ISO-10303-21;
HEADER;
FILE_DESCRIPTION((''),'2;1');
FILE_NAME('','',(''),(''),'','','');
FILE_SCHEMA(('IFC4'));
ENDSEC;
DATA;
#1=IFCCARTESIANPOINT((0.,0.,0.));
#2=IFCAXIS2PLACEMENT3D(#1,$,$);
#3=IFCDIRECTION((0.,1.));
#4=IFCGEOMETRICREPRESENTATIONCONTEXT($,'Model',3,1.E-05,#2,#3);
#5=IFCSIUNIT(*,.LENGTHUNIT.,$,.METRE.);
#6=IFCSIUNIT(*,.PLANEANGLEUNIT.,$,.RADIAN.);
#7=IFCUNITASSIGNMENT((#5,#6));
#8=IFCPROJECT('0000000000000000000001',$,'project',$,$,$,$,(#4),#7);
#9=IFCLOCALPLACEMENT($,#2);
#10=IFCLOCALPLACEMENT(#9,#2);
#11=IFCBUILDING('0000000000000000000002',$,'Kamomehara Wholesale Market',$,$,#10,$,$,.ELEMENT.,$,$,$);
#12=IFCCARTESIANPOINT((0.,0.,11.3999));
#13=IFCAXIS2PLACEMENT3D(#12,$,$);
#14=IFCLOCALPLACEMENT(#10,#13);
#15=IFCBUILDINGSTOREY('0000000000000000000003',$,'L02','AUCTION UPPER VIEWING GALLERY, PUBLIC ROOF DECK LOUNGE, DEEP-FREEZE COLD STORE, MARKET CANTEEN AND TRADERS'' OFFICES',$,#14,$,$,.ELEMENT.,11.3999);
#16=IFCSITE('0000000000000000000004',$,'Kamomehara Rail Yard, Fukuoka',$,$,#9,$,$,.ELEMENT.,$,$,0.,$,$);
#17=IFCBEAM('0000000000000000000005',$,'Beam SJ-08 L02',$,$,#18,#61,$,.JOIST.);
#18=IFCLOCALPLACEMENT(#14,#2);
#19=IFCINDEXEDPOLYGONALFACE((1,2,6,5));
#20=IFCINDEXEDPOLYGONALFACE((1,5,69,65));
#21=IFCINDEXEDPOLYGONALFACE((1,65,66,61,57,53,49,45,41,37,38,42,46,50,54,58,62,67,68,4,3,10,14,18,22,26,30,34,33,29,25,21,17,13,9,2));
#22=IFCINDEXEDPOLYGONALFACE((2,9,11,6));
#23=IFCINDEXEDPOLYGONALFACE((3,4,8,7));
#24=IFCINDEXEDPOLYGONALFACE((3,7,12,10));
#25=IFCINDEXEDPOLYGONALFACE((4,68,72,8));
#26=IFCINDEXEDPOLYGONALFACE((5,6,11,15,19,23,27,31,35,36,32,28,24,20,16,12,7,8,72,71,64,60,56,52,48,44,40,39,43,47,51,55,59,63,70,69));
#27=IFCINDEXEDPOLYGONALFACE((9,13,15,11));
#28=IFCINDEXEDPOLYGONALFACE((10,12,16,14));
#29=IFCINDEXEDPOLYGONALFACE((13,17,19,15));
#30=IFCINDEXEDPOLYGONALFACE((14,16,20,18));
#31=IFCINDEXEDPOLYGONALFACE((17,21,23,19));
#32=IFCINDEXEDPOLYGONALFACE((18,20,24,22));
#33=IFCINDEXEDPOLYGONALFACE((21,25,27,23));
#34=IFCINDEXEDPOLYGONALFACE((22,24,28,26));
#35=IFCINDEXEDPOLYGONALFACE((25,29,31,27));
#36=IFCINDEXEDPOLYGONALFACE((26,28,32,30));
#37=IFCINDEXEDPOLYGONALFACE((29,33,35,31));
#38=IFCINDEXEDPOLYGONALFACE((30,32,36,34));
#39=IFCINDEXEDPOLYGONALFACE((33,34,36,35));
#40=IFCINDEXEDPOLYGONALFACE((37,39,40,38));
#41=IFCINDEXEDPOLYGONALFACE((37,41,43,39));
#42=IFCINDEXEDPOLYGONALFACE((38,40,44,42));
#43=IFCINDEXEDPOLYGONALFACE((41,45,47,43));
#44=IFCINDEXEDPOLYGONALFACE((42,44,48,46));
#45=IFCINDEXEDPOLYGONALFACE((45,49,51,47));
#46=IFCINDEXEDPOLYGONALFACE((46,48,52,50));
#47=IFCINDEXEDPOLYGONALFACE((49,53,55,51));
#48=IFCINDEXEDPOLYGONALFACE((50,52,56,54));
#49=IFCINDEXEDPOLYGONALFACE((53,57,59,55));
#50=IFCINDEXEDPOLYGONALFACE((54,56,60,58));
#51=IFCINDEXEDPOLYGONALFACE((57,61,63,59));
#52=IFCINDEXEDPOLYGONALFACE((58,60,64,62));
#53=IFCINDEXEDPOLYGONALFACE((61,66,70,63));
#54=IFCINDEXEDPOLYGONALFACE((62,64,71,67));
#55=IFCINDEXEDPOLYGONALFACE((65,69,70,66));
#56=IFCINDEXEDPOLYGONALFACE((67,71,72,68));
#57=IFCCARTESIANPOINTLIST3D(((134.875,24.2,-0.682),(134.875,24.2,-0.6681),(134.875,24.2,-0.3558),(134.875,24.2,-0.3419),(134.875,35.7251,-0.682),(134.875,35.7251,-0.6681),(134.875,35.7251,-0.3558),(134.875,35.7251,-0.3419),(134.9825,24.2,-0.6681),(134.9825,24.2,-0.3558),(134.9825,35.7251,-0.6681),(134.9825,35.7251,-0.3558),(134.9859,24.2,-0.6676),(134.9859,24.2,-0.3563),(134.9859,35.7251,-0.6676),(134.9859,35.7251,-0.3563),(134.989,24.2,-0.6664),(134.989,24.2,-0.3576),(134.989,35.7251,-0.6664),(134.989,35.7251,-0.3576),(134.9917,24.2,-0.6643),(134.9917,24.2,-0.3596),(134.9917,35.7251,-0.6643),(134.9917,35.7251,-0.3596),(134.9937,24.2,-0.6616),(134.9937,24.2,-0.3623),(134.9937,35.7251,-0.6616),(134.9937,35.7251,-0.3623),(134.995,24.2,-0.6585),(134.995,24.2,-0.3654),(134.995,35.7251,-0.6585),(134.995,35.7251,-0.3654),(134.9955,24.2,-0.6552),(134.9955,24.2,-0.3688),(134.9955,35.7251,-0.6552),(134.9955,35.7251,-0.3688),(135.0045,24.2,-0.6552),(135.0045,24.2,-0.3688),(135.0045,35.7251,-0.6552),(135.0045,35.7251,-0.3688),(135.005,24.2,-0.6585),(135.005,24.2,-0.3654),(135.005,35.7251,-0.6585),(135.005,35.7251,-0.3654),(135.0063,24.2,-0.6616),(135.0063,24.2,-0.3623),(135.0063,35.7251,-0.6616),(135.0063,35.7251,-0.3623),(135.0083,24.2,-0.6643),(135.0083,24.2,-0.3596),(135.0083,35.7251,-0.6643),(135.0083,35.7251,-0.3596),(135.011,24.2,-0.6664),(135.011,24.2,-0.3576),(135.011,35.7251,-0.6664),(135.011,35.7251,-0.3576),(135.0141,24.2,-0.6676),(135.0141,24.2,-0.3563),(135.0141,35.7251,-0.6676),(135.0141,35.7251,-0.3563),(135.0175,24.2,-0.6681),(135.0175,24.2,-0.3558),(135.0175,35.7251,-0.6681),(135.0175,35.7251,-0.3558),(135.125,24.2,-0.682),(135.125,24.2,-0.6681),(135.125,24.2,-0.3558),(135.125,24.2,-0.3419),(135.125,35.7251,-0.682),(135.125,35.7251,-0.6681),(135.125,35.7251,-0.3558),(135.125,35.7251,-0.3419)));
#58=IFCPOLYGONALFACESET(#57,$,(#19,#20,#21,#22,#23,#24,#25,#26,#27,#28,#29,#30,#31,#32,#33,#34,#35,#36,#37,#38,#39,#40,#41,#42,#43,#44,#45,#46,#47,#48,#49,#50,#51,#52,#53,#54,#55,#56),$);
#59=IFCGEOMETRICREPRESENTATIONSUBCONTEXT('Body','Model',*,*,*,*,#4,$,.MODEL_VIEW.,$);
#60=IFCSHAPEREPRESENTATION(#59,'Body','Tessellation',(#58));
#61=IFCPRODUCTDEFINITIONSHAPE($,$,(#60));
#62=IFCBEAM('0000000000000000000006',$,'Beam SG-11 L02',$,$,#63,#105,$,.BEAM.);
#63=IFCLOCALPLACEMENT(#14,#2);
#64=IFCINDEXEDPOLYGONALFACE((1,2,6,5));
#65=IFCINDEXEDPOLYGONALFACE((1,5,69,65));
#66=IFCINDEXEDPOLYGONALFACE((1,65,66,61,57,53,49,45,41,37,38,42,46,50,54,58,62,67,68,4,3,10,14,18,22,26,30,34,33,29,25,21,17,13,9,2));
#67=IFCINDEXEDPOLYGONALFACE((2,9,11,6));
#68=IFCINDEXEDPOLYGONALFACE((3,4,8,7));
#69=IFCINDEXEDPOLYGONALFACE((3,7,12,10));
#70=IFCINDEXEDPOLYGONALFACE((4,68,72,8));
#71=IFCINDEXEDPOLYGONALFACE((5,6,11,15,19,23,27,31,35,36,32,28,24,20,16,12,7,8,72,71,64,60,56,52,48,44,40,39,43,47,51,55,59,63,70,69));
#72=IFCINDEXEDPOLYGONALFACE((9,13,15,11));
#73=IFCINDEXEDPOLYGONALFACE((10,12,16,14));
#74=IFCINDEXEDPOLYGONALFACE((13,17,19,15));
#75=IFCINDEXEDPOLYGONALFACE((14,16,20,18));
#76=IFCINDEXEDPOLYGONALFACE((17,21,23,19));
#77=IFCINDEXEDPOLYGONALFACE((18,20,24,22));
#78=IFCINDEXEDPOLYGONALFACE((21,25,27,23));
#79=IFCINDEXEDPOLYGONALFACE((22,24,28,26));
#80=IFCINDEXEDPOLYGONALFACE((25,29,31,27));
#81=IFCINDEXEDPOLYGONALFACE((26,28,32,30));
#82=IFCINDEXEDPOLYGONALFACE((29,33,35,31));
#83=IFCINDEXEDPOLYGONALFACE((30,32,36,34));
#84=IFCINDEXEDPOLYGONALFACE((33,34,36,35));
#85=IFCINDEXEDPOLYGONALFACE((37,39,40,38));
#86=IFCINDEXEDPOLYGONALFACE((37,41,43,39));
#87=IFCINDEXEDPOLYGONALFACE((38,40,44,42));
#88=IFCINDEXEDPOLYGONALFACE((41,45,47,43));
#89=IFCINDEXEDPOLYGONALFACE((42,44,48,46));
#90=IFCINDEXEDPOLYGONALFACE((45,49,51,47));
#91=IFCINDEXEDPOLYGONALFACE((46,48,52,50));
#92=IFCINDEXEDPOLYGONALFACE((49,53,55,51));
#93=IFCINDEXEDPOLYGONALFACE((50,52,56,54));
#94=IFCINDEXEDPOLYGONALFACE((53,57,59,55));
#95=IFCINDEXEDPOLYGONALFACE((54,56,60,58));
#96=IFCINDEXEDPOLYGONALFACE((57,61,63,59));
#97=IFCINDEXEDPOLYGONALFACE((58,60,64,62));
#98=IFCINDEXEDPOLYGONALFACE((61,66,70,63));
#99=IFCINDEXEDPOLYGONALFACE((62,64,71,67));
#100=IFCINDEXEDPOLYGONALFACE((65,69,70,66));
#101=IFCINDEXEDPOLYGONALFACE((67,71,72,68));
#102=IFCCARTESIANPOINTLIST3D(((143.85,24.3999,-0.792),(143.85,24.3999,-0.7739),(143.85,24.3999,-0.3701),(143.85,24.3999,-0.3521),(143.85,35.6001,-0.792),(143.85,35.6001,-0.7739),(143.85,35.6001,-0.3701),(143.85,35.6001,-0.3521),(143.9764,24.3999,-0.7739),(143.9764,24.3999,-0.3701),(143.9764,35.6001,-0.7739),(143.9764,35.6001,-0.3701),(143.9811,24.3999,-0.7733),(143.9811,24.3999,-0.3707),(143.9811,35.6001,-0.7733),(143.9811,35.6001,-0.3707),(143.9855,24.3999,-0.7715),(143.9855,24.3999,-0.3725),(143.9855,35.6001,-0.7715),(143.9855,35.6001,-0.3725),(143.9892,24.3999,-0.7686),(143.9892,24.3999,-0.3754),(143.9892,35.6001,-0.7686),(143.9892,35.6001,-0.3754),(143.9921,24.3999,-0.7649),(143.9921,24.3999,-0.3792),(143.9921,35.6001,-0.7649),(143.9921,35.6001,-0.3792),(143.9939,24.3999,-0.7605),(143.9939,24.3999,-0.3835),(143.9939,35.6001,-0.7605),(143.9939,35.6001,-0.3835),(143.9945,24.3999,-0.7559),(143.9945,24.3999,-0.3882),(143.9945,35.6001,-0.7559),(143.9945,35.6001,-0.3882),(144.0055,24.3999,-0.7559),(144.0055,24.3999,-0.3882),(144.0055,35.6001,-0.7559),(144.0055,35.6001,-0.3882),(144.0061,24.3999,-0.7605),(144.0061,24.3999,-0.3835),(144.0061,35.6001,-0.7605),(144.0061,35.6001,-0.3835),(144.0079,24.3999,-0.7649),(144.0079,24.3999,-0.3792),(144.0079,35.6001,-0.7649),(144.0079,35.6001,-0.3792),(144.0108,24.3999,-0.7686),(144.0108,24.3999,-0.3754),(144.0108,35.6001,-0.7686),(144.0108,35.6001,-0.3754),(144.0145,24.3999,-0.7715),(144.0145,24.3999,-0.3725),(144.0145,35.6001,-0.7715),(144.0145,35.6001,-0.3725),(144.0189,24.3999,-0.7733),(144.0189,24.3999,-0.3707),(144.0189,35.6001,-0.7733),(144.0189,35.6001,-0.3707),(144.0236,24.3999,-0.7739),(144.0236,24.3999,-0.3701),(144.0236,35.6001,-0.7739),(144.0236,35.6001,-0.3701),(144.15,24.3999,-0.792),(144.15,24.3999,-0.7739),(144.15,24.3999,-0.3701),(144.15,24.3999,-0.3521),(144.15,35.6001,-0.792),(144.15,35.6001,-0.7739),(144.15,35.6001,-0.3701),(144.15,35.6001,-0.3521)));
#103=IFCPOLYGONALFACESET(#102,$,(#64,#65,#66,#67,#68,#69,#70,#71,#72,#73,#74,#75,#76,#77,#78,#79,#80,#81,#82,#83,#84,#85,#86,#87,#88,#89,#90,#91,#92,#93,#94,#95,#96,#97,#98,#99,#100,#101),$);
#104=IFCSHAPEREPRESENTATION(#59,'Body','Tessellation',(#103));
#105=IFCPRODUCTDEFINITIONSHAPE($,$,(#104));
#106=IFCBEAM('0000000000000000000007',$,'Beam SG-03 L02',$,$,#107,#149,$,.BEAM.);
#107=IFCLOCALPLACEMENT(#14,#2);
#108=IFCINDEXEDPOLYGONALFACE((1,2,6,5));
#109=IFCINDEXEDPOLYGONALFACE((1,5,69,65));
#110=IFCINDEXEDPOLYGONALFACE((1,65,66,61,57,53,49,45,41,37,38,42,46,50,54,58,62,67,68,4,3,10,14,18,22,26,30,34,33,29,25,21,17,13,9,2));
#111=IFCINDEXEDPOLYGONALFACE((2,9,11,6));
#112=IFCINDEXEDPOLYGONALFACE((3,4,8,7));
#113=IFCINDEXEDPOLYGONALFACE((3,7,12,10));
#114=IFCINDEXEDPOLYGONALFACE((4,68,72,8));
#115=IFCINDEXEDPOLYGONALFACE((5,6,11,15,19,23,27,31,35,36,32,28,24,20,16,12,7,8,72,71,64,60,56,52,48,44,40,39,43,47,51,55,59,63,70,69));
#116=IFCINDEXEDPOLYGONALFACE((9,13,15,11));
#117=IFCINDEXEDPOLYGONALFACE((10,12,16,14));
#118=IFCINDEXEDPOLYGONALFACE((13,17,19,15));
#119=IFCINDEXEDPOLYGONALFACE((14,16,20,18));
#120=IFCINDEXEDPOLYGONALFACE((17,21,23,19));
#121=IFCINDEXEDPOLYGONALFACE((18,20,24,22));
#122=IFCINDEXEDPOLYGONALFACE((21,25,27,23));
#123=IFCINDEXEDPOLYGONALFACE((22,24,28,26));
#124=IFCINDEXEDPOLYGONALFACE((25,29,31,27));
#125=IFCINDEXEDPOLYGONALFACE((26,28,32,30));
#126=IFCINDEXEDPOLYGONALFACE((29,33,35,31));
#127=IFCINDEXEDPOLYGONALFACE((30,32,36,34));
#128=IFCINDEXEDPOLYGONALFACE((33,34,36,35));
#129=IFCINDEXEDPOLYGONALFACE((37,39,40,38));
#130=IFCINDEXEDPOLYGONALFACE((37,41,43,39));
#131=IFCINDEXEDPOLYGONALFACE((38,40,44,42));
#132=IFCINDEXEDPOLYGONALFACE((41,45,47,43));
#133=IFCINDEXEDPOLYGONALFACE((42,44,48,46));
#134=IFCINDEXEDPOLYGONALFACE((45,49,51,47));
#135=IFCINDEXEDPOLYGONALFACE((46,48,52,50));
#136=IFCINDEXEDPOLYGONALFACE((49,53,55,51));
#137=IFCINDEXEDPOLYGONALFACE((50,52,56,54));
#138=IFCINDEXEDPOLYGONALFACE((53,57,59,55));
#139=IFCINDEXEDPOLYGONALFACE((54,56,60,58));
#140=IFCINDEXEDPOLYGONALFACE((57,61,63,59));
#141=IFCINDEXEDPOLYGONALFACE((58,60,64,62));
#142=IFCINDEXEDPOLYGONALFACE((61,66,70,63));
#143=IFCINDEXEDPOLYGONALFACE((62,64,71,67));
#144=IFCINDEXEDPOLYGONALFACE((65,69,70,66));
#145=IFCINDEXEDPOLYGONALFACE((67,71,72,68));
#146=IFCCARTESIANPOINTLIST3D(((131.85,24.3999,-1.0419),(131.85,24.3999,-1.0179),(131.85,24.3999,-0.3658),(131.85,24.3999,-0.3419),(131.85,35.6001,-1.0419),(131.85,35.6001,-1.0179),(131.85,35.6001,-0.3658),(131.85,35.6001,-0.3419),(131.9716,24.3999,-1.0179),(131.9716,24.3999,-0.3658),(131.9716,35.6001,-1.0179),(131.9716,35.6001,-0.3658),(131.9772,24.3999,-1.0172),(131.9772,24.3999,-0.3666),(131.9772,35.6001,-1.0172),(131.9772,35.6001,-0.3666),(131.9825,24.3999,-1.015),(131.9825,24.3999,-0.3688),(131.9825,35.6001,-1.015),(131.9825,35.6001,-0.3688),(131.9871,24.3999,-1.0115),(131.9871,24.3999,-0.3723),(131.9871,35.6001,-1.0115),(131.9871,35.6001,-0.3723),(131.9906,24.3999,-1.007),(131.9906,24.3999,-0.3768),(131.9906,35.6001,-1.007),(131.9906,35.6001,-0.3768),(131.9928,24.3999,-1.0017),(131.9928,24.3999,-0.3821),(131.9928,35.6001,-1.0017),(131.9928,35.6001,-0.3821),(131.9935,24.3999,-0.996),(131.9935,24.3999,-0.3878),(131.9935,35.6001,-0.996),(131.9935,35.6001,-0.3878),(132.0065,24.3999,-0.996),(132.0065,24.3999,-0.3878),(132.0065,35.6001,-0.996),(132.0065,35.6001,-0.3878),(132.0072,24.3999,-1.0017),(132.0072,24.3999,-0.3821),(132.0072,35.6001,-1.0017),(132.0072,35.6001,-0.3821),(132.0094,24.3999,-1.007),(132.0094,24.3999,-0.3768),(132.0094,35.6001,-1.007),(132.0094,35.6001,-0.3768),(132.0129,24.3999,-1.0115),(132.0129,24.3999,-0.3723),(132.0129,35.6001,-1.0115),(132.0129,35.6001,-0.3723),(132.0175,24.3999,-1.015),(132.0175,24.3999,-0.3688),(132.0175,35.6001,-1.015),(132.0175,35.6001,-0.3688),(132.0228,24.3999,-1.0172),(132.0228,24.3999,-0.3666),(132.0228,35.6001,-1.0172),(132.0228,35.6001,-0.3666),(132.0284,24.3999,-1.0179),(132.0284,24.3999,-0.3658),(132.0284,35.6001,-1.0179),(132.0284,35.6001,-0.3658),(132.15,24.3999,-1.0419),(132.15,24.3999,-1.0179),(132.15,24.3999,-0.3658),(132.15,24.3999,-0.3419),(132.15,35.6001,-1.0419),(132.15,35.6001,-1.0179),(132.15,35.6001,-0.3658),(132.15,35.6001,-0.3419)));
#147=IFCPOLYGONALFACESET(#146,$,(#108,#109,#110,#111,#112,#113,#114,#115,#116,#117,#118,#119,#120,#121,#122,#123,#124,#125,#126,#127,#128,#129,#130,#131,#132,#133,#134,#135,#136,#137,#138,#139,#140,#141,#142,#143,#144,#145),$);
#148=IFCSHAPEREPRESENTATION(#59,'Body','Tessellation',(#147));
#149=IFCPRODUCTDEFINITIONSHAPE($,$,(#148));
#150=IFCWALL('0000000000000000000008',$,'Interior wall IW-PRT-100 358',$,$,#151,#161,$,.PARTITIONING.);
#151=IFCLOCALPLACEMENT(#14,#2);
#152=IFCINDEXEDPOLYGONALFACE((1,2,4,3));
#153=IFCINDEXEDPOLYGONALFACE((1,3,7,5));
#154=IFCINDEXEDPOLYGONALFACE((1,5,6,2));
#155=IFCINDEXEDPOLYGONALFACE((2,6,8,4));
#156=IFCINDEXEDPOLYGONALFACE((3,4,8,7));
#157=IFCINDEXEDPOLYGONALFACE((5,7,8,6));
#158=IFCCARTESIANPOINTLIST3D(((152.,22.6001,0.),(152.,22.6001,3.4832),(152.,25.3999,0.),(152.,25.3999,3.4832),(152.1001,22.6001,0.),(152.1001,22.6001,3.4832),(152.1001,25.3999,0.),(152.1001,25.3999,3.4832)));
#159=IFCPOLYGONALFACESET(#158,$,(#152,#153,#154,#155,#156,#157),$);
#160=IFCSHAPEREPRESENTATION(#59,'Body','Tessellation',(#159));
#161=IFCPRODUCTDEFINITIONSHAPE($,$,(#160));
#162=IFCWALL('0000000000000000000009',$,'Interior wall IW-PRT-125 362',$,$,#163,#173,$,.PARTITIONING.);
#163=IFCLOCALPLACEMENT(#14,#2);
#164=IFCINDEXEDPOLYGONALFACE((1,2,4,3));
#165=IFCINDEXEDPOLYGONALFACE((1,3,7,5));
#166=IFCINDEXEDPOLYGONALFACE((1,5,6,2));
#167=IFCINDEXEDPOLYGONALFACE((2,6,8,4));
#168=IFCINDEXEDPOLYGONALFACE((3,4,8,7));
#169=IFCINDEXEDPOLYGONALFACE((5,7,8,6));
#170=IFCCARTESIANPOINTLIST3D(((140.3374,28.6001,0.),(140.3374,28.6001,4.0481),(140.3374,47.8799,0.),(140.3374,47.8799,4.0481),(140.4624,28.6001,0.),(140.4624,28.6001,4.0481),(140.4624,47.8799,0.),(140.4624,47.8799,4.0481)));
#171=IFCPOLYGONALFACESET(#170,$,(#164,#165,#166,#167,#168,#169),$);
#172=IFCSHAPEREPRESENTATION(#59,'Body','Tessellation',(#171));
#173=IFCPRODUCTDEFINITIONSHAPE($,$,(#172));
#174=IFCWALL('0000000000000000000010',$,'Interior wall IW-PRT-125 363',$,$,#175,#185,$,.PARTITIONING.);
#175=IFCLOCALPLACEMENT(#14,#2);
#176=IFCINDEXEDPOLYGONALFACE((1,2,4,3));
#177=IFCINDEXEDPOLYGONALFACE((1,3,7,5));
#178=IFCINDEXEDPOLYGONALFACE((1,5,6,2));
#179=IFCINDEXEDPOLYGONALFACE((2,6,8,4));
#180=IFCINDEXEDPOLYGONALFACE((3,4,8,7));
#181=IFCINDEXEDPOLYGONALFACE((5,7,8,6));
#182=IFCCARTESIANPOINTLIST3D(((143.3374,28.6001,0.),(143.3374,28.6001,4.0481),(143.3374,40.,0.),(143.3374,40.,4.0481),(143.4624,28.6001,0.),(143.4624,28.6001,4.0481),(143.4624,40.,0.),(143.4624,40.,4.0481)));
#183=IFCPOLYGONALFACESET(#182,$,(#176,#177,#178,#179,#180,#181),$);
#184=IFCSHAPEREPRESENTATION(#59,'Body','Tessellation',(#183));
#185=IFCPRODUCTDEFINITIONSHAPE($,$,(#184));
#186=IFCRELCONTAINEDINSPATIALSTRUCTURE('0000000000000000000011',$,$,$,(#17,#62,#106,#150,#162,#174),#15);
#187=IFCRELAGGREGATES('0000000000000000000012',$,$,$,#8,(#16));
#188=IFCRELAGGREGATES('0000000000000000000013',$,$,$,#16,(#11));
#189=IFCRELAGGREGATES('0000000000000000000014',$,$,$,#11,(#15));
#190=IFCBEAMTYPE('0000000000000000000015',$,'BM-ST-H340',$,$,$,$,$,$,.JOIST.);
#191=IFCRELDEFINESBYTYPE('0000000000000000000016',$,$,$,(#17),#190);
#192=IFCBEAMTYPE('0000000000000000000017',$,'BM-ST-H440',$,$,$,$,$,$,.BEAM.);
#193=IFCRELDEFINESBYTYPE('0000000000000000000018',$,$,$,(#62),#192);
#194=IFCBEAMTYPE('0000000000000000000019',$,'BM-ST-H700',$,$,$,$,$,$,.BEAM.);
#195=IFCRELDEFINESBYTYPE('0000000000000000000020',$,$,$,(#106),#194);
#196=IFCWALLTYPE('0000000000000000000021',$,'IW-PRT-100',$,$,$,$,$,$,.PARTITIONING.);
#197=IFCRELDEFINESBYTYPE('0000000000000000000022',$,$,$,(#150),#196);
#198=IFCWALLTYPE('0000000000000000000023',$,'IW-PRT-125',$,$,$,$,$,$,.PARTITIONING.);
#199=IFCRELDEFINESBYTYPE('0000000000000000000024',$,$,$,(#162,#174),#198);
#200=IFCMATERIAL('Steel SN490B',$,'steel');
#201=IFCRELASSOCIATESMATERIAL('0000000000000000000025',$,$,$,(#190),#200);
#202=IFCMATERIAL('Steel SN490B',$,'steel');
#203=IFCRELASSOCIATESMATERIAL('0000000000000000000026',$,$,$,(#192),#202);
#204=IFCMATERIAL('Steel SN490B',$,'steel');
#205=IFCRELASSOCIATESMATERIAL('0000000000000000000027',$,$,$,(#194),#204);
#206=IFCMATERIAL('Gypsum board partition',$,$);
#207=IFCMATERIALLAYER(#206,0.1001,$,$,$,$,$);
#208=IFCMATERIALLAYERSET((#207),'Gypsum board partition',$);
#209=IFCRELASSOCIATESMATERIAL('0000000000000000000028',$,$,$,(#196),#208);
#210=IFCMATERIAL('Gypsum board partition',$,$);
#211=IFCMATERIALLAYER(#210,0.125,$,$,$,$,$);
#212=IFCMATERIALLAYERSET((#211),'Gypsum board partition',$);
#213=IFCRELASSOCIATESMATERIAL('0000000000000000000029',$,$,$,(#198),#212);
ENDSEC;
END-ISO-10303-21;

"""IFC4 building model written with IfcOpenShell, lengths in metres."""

from ifc_helpers import new_model, si_unit, direction, frame, frame_2d, origin, origin_2d, place, context, subcontext, project, spatial, rectangle, i_section, extrude, material, layer, layer_set, material_profile, profile_set, type_object, element, save


model = new_model("IFC4")

# Units and contexts
model_context = context("Model", 3, precision=1e-05, world=origin(), true_north=direction((0.0, 1.0)))
body_context = subcontext(model_context, "Body", "Model", "MODEL_VIEW")
ifc_project = project(units=[si_unit("LENGTHUNIT", "METRE"), si_unit("PLANEANGLEUNIT", "RADIAN")], contexts=[model_context])

# Site, building, storey
site_placement = place(None, origin())
site = spatial("IfcSite", under=ifc_project, at=site_placement, Name="Kamomehara Rail Yard, Fukuoka", CompositionType="ELEMENT", RefElevation=0.0)
building_placement = place(site_placement, origin())
building = spatial("IfcBuilding", under=site, at=building_placement, Name="Kamomehara Wholesale Market", CompositionType="ELEMENT")
storey_placement = place(building_placement, frame((0.0, 0.0, 11.3999)))
storey = spatial("IfcBuildingStorey", under=building, at=storey_placement, Name="L02", Description="AUCTION UPPER VIEWING GALLERY, PUBLIC ROOF DECK LOUNGE, DEEP-FREEZE COLD STORE, MARKET CANTEEN AND TRADERS' OFFICES", CompositionType="ELEMENT", Elevation=11.3999)

# Beams
ifc_material_1 = material(Name="Steel SN490B", Category="steel")
ifc_material_profile_1 = material_profile(ifc_material_1, i_section(OverallWidth=0.25, OverallDepth=0.3401, WebThickness=0.009, FlangeThickness=0.0139, FilletRadius=0.0129, at=origin_2d()), Name="H-340x250x9x14")
ifc_profile_set_1 = profile_set([ifc_material_profile_1], Name="Steel SN490B")
beam_type_1 = type_object("IfcBeamType", Name="BM-ST-H340", PredefinedType="JOIST", material=ifc_profile_set_1)
beam_1_placement = place(storey_placement, frame((135.0, 24.2, -0.512), z_axis=(0.0, 1.0, 0.0), x_axis=(-1.0, 0.0, 0.0)))
element("IfcBeam", 1, at=beam_1_placement, inside=storey, type_object=beam_type_1, Name="Beam SJ-08 L02", PredefinedType="JOIST", context=body_context, shape_type="SweptSolid", body=[
    extrude(i_section(OverallWidth=0.25, OverallDepth=0.3401, WebThickness=0.009, FlangeThickness=0.0139, FilletRadius=0.0129, at=origin_2d()), origin(), (0.0, 0.0, 1.0), 11.5251),
])
ifc_material_2 = material(Name="Steel SN490B", Category="steel")
ifc_material_profile_2 = material_profile(ifc_material_2, i_section(OverallWidth=0.3, OverallDepth=0.4399, WebThickness=0.011, FlangeThickness=0.0181, FilletRadius=0.0181, at=origin_2d()), Name="H-440x300x11x18")
ifc_profile_set_2 = profile_set([ifc_material_profile_2], Name="Steel SN490B")
beam_type_2 = type_object("IfcBeamType", Name="BM-ST-H440", PredefinedType="BEAM", material=ifc_profile_set_2)
beam_2_placement = place(storey_placement, frame((144.0, 24.3999, -0.572), z_axis=(0.0, 1.0, 0.0), x_axis=(-1.0, 0.0, 0.0)))
element("IfcBeam", 2, at=beam_2_placement, inside=storey, type_object=beam_type_2, Name="Beam SG-11 L02", PredefinedType="BEAM", context=body_context, shape_type="SweptSolid", body=[
    extrude(i_section(OverallWidth=0.3, OverallDepth=0.4399, WebThickness=0.011, FlangeThickness=0.0181, FilletRadius=0.0181, at=origin_2d()), origin(), (0.0, 0.0, 1.0), 11.2002),
])
ifc_material_3 = material(Name="Steel SN490B", Category="steel")
ifc_material_profile_3 = material_profile(ifc_material_3, i_section(OverallWidth=0.3, OverallDepth=0.7, WebThickness=0.0129, FlangeThickness=0.0239, FilletRadius=0.022, at=origin_2d()), Name="H-700x300x13x24")
ifc_profile_set_3 = profile_set([ifc_material_profile_3], Name="Steel SN490B")
beam_type_3 = type_object("IfcBeamType", Name="BM-ST-H700", PredefinedType="BEAM", material=ifc_profile_set_3)
beam_3_placement = place(storey_placement, frame((132.0, 24.3999, -0.6919), z_axis=(0.0, 1.0, 0.0), x_axis=(-1.0, 0.0, 0.0)))
element("IfcBeam", 3, at=beam_3_placement, inside=storey, type_object=beam_type_3, Name="Beam SG-03 L02", PredefinedType="BEAM", context=body_context, shape_type="SweptSolid", body=[
    extrude(i_section(OverallWidth=0.3, OverallDepth=0.7, WebThickness=0.0129, FlangeThickness=0.0239, FilletRadius=0.022, at=origin_2d()), origin(), (0.0, 0.0, 1.0), 11.2002),
])

# Walls
ifc_material_4 = material(Name="Gypsum board partition")
ifc_layer_1 = layer(ifc_material_4, 0.1001)
ifc_layer_set_1 = layer_set([ifc_layer_1], Name="Gypsum board partition")
wall_type_1 = type_object("IfcWallType", Name="IW-PRT-100", PredefinedType="PARTITIONING", material=ifc_layer_set_1)
wall_1_placement = place(storey_placement, frame((152.05, 22.6001, 0.0), z_axis=(0.0, 0.0, 1.0), x_axis=(0.0, 1.0, 0.0)))
element("IfcWall", 4, at=wall_1_placement, inside=storey, type_object=wall_type_1, Name="Interior wall IW-PRT-100 358", PredefinedType="PARTITIONING", context=body_context, shape_type="SweptSolid", body=[
    extrude(rectangle(XDim=2.7998, YDim=0.1001, at=frame_2d((1.3999, 0.0))), origin(), (0.0, 0.0, 1.0), 3.4832),
])
ifc_material_5 = material(Name="Gypsum board partition")
ifc_layer_2 = layer(ifc_material_5, 0.125)
ifc_layer_set_2 = layer_set([ifc_layer_2], Name="Gypsum board partition")
wall_type_2 = type_object("IfcWallType", Name="IW-PRT-125", PredefinedType="PARTITIONING", material=ifc_layer_set_2)
wall_2_placement = place(storey_placement, frame((140.3999, 28.6001, 0.0), z_axis=(0.0, 0.0, 1.0), x_axis=(0.0, 1.0, 0.0)))
element("IfcWall", 5, at=wall_2_placement, inside=storey, type_object=wall_type_2, Name="Interior wall IW-PRT-125 362", PredefinedType="PARTITIONING", context=body_context, shape_type="SweptSolid", body=[
    extrude(rectangle(XDim=19.2798, YDim=0.125, at=frame_2d((9.6399, 0.0))), origin(), (0.0, 0.0, 1.0), 4.0481),
])
wall_3_placement = place(storey_placement, frame((143.3999, 28.6001, 0.0), z_axis=(0.0, 0.0, 1.0), x_axis=(0.0, 1.0, 0.0)))
element("IfcWall", 6, at=wall_3_placement, inside=storey, type_object=wall_type_2, Name="Interior wall IW-PRT-125 363", PredefinedType="PARTITIONING", context=body_context, shape_type="SweptSolid", body=[
    extrude(rectangle(XDim=11.3999, YDim=0.125, at=frame_2d((5.7, 0.0))), origin(), (0.0, 0.0, 1.0), 4.0481),
])

save(model, "model.ifc")
